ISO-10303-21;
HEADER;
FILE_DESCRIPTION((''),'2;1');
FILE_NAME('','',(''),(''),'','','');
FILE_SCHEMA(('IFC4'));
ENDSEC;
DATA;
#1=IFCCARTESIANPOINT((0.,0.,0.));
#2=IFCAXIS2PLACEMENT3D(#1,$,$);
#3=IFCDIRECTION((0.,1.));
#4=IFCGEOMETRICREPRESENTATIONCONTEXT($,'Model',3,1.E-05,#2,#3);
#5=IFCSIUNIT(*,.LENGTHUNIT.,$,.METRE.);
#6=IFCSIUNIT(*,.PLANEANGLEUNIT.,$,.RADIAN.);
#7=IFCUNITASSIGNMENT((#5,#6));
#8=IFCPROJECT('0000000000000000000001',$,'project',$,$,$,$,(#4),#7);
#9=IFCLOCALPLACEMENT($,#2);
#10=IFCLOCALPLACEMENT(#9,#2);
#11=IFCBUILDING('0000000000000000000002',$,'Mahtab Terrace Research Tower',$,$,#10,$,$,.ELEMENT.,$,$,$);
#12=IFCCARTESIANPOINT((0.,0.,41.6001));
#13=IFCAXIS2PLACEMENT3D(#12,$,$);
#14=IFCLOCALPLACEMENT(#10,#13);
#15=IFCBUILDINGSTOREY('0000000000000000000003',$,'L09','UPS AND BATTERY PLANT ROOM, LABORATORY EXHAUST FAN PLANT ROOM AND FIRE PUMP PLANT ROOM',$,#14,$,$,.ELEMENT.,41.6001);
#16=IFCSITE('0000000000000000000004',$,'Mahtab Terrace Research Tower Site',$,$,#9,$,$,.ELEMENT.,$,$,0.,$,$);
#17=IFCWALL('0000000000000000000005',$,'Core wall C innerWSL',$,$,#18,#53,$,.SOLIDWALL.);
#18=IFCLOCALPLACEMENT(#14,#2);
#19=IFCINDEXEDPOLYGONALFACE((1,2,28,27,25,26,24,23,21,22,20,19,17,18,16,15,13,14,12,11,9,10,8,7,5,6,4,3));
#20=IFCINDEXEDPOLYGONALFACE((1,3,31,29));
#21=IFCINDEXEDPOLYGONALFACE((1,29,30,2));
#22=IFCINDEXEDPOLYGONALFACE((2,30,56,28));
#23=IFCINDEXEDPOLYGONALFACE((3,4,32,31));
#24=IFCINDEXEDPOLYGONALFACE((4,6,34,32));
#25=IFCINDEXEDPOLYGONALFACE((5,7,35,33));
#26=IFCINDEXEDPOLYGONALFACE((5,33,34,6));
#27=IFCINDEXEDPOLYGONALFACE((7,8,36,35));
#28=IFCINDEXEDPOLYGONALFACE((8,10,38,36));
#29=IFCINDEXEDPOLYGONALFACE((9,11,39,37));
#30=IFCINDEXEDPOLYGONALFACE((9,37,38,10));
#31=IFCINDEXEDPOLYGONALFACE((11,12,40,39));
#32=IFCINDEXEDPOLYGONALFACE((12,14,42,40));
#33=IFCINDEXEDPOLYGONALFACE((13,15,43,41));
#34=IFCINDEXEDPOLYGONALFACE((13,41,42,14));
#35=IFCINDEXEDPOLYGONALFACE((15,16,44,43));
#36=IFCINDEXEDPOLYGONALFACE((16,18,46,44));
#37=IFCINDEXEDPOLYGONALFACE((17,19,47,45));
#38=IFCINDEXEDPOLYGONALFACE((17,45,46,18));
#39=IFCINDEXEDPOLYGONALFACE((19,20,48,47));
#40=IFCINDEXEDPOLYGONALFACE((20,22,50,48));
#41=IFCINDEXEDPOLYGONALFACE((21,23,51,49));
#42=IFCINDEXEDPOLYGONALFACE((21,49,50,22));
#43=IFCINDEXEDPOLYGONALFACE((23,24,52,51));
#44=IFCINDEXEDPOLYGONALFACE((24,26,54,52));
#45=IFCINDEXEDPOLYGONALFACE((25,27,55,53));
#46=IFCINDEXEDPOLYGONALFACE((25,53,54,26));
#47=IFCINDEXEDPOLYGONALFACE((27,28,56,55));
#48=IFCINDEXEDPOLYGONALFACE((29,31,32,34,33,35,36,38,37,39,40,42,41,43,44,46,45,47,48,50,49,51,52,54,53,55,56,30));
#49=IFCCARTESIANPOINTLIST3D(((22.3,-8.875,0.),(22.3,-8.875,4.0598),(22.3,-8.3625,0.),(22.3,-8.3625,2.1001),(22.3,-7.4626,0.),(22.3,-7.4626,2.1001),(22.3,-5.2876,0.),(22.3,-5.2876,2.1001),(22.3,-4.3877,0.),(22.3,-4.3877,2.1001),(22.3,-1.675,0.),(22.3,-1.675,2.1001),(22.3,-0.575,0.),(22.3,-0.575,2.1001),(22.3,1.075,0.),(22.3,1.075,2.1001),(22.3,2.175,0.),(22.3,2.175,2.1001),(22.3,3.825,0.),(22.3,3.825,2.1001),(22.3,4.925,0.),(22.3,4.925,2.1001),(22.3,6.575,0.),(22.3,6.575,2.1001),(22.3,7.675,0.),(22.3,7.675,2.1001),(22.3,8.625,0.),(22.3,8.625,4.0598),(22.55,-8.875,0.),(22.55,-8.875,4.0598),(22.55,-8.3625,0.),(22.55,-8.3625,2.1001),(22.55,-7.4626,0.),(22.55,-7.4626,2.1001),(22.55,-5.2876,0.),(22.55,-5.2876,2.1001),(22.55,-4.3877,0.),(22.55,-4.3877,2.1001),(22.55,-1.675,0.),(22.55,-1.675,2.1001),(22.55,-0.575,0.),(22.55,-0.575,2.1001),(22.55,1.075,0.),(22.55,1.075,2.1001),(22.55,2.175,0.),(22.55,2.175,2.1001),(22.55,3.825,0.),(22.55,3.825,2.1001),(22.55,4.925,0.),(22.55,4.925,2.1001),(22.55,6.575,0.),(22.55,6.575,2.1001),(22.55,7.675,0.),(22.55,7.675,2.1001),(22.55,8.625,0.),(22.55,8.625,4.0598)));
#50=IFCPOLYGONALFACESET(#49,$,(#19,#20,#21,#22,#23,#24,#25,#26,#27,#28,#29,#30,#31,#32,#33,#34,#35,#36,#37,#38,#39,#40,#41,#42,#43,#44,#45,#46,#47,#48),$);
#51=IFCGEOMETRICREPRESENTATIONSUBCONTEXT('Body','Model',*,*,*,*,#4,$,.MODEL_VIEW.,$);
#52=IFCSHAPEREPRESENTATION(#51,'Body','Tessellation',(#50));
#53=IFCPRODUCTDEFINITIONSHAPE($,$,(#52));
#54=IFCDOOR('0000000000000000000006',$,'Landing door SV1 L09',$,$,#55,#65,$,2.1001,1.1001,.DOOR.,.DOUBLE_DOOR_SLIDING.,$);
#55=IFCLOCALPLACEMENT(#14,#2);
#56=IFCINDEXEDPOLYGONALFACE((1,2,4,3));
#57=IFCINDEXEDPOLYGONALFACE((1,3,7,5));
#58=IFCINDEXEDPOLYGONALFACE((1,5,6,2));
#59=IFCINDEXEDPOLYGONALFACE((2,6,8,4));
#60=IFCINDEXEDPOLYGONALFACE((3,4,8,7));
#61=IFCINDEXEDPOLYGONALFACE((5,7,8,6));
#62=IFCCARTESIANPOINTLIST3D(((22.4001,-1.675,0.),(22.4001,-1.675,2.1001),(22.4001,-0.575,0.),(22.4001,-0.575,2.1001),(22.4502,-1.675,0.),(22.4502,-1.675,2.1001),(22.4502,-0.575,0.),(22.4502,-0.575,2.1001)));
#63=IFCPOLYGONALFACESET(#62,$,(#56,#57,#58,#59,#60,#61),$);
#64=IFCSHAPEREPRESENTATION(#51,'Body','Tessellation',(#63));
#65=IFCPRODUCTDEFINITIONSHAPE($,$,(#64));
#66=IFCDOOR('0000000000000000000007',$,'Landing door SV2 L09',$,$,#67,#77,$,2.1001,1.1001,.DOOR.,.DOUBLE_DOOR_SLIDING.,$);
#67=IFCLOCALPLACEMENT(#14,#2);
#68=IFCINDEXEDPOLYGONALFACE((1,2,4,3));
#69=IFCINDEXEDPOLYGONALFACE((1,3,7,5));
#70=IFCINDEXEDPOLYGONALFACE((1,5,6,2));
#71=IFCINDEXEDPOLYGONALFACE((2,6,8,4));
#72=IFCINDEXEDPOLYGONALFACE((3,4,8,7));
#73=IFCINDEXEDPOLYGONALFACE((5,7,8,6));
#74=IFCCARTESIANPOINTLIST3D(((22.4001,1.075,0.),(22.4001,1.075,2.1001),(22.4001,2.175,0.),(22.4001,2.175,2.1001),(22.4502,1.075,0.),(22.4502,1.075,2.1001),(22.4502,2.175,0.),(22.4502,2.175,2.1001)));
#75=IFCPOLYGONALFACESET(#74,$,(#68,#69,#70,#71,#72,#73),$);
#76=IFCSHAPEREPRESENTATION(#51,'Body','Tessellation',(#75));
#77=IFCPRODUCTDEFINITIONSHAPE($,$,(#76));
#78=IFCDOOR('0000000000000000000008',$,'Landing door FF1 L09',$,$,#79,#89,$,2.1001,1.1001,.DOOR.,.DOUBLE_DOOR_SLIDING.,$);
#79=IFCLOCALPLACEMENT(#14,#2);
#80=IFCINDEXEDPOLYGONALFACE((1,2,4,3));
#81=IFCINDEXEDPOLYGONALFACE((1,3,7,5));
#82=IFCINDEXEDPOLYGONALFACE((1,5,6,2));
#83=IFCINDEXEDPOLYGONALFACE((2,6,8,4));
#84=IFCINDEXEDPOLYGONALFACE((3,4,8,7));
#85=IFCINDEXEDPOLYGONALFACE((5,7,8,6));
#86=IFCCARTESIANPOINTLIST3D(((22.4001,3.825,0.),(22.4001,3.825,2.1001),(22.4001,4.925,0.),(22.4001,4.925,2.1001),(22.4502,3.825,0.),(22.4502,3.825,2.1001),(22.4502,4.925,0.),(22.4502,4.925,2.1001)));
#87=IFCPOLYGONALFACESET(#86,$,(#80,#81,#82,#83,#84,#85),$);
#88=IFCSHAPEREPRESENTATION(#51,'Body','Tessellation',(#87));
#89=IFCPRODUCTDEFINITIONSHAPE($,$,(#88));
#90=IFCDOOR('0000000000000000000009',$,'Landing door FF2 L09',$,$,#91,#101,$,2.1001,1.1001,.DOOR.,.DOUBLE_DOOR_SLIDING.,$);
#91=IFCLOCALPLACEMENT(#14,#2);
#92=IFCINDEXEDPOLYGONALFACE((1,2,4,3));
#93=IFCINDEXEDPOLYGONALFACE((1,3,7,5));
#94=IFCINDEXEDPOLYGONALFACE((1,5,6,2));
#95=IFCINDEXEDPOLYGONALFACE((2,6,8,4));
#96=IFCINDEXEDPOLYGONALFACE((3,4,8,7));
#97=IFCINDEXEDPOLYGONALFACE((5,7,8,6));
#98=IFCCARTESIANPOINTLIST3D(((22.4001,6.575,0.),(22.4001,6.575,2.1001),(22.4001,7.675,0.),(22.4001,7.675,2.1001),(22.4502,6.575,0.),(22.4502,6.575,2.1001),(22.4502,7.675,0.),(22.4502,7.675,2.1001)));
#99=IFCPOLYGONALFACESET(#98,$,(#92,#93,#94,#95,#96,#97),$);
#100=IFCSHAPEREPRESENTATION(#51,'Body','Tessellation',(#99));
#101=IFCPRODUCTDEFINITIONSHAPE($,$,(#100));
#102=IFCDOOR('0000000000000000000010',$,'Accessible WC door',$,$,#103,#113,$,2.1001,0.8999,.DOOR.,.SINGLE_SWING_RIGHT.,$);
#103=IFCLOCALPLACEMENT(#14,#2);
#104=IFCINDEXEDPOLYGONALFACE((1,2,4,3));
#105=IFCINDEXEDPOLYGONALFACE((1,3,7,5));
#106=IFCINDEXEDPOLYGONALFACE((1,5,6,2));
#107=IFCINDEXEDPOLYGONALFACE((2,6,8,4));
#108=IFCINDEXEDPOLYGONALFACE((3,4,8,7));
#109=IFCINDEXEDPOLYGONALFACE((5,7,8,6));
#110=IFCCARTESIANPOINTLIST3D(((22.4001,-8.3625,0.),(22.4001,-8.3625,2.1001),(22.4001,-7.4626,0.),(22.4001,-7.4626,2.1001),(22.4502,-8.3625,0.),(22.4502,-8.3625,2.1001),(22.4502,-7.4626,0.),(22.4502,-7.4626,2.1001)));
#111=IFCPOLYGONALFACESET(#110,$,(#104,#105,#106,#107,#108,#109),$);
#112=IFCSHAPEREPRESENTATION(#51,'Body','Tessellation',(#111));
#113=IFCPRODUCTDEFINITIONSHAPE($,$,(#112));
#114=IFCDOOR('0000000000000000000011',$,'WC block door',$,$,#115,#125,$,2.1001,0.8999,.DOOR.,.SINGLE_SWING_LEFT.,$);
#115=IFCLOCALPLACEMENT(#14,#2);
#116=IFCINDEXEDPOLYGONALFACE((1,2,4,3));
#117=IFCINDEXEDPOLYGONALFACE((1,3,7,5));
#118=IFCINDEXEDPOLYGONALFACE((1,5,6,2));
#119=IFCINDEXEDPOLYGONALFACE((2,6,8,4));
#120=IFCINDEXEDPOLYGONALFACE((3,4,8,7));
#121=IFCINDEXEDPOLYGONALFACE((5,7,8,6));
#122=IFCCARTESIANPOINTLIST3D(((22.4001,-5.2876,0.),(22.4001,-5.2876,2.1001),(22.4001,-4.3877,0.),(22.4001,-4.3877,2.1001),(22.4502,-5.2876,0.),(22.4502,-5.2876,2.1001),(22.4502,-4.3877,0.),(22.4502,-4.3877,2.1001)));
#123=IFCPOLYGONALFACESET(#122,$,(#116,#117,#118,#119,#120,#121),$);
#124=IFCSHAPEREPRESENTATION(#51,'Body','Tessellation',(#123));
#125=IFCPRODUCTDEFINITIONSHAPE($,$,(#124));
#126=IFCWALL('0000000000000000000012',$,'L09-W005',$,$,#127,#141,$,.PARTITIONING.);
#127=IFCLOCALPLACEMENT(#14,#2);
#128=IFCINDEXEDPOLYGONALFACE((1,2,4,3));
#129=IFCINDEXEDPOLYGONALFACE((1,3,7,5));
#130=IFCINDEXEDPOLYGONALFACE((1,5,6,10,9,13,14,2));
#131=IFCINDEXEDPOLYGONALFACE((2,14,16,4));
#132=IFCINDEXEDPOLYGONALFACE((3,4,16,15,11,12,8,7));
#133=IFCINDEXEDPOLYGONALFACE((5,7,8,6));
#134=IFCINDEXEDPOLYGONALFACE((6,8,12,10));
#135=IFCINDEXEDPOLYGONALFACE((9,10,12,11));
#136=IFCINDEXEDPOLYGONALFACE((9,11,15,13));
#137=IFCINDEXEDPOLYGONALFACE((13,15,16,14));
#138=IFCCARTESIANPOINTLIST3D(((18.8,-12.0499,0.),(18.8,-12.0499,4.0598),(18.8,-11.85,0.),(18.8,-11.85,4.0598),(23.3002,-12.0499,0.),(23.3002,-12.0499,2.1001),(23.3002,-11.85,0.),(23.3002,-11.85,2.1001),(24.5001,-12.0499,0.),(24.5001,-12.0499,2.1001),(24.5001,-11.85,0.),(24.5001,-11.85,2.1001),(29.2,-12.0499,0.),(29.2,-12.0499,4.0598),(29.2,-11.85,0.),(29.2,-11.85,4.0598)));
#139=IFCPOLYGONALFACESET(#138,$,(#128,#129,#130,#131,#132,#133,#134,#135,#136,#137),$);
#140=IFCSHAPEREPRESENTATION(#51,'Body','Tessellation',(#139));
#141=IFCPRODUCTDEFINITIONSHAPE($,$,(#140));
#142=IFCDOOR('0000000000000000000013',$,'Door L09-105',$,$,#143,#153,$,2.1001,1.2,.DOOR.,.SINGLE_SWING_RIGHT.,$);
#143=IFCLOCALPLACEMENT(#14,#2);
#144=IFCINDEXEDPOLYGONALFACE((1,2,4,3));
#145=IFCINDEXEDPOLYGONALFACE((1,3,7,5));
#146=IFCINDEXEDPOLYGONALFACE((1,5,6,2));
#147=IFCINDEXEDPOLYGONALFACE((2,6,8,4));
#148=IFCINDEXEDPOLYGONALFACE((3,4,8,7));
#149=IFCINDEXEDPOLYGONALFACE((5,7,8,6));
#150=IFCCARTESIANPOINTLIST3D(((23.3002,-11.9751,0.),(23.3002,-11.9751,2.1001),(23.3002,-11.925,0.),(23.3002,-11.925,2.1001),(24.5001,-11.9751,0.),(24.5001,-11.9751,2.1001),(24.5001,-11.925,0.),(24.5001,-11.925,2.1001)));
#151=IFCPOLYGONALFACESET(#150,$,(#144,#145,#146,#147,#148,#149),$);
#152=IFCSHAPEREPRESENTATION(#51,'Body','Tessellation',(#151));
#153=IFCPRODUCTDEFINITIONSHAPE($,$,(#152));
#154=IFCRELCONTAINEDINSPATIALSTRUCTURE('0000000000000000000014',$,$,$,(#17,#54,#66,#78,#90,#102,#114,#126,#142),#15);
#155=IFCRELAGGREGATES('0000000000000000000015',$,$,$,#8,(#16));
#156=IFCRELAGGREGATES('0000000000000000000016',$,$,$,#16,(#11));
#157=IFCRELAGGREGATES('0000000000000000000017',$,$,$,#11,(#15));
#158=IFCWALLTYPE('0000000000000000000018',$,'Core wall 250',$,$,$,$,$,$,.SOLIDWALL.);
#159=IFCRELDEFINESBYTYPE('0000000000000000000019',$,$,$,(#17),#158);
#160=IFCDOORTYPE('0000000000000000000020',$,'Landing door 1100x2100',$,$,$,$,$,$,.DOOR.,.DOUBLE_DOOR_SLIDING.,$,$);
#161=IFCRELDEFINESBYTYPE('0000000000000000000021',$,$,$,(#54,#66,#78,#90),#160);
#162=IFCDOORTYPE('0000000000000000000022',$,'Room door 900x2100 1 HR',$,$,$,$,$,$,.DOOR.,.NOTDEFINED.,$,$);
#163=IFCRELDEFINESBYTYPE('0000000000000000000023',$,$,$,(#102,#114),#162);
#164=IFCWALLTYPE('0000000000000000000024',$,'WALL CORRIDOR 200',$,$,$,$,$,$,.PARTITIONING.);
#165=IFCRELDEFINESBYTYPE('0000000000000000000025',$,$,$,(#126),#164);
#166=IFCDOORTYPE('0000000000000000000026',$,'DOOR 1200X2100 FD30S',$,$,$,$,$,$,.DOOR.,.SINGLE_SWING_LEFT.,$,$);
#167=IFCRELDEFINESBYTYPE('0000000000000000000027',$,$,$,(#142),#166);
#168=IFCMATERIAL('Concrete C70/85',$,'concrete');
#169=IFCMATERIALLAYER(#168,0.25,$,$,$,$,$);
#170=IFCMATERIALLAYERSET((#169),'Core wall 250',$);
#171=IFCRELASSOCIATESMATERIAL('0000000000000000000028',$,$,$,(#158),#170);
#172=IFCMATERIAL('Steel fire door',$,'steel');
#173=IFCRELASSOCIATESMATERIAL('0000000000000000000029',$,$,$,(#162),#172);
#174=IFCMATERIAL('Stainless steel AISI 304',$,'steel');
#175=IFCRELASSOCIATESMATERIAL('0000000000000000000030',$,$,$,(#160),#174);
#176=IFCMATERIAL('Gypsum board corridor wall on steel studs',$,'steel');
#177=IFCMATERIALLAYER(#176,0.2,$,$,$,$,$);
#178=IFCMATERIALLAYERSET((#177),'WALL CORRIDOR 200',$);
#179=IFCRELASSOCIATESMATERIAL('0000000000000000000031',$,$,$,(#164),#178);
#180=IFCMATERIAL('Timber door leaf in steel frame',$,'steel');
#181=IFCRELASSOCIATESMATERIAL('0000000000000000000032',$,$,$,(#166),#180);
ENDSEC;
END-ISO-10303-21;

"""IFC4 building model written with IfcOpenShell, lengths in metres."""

from ifc_helpers import new_model, si_unit, direction, frame, frame_2d, origin, place, context, subcontext, project, spatial, rectangle, extrude, material, layer, layer_set, type_object, element, fill, save


model = new_model("IFC4")

# Units and contexts
model_context = context("Model", 3, precision=1e-05, world=origin(), true_north=direction((0.0, 1.0)))
body_context = subcontext(model_context, "Body", "Model", "MODEL_VIEW")
ifc_project = project(units=[si_unit("LENGTHUNIT", "METRE"), si_unit("PLANEANGLEUNIT", "RADIAN")], contexts=[model_context])

# Site, building, storey
site_placement = place(None, origin())
site = spatial("IfcSite", under=ifc_project, at=site_placement, Name="Mahtab Terrace Research Tower Site", CompositionType="ELEMENT", RefElevation=0.0)
building_placement = place(site_placement, origin())
building = spatial("IfcBuilding", under=site, at=building_placement, Name="Mahtab Terrace Research Tower", CompositionType="ELEMENT")
storey_placement = place(building_placement, frame((0.0, 0.0, 41.6001)))
storey = spatial("IfcBuildingStorey", under=building, at=storey_placement, Name="L09", Description="UPS AND BATTERY PLANT ROOM, LABORATORY EXHAUST FAN PLANT ROOM AND FIRE PUMP PLANT ROOM", CompositionType="ELEMENT", Elevation=41.6001)

# Shared definitions
ifc_material_1 = material(Name="Concrete C70/85", Category="concrete")

# Shared definitions
ifc_layer_1 = layer(ifc_material_1, 0.25)
ifc_layer_set_1 = layer_set([ifc_layer_1], Name="Core wall 250")
wall_type_1 = type_object("IfcWallType", Name="Core wall 250", PredefinedType="SOLIDWALL", material=ifc_layer_set_1)
ifc_material_2 = material(Name="Steel fire door", Category="steel")
door_type_1 = type_object("IfcDoorType", Name="Room door 900x2100 1 HR", OperationType="NOTDEFINED", PredefinedType="DOOR", material=ifc_material_2)

# Wall, openings, doors
wall_1_placement = place(storey_placement, frame((22.425, -8.875, 0.0), z_axis=(0.0, 0.0, 1.0), x_axis=(0.0, 1.0, 0.0)))
wall_1 = element("IfcWall", 1, at=wall_1_placement, inside=storey, type_object=wall_type_1, Name="Core wall C innerWSL", PredefinedType="SOLIDWALL", context=body_context, shape_type="SweptSolid", body=[
    extrude(rectangle(XDim=17.5, YDim=0.25, at=frame_2d((8.75, 0.0))), origin(), (0.0, 0.0, 1.0), 4.0598),
])
opening_1_placement = place(wall_1_placement, frame((7.2, 0.0, 0.0)))
opening_1 = element("IfcOpeningElement", 2, at=opening_1_placement, cuts=wall_1, PredefinedType="OPENING", context=body_context, shape_type="SweptSolid", body=[
    extrude(rectangle(XDim=1.1001, YDim=2.1001, at=frame_2d((0.55, 1.05))), frame((0.0, 0.135, 0.0), z_axis=(0.0, -1.0, 0.0), x_axis=(1.0, 0.0, 0.0)), (0.0, 0.0, 1.0), 0.27),
])
opening_2_placement = place(wall_1_placement, frame((9.95, 0.0, 0.0)))
opening_2 = element("IfcOpeningElement", 3, at=opening_2_placement, cuts=wall_1, PredefinedType="OPENING", context=body_context, shape_type="SweptSolid", body=[
    extrude(rectangle(XDim=1.1001, YDim=2.1001, at=frame_2d((0.55, 1.05))), frame((0.0, 0.135, 0.0), z_axis=(0.0, -1.0, 0.0), x_axis=(1.0, 0.0, 0.0)), (0.0, 0.0, 1.0), 0.27),
])
opening_3_placement = place(wall_1_placement, frame((12.7, 0.0, 0.0)))
opening_3 = element("IfcOpeningElement", 4, at=opening_3_placement, cuts=wall_1, PredefinedType="OPENING", context=body_context, shape_type="SweptSolid", body=[
    extrude(rectangle(XDim=1.1001, YDim=2.1001, at=frame_2d((0.55, 1.05))), frame((0.0, 0.135, 0.0), z_axis=(0.0, -1.0, 0.0), x_axis=(1.0, 0.0, 0.0)), (0.0, 0.0, 1.0), 0.27),
])
opening_4_placement = place(wall_1_placement, frame((15.45, 0.0, 0.0)))
opening_4 = element("IfcOpeningElement", 5, at=opening_4_placement, cuts=wall_1, PredefinedType="OPENING", context=body_context, shape_type="SweptSolid", body=[
    extrude(rectangle(XDim=1.1001, YDim=2.1001, at=frame_2d((0.55, 1.05))), frame((0.0, 0.135, 0.0), z_axis=(0.0, -1.0, 0.0), x_axis=(1.0, 0.0, 0.0)), (0.0, 0.0, 1.0), 0.27),
])
opening_5_placement = place(wall_1_placement, frame((0.5125, 0.0, 0.0)))
opening_5 = element("IfcOpeningElement", 6, at=opening_5_placement, cuts=wall_1, PredefinedType="OPENING", context=body_context, shape_type="SweptSolid", body=[
    extrude(rectangle(XDim=0.8999, YDim=2.1001, at=frame_2d((0.45, 1.05))), frame((0.0, 0.135, 0.0), z_axis=(0.0, -1.0, 0.0), x_axis=(1.0, 0.0, 0.0)), (0.0, 0.0, 1.0), 0.27),
])
opening_6_placement = place(wall_1_placement, frame((3.5874, 0.0, 0.0)))
opening_6 = element("IfcOpeningElement", 7, at=opening_6_placement, cuts=wall_1, PredefinedType="OPENING", context=body_context, shape_type="SweptSolid", body=[
    extrude(rectangle(XDim=0.8999, YDim=2.1001, at=frame_2d((0.45, 1.05))), frame((0.0, 0.135, 0.0), z_axis=(0.0, -1.0, 0.0), x_axis=(1.0, 0.0, 0.0)), (0.0, 0.0, 1.0), 0.27),
])
ifc_material_3 = material(Name="Stainless steel AISI 304", Category="steel")
door_type_2 = type_object("IfcDoorType", Name="Landing door 1100x2100", OperationType="DOUBLE_DOOR_SLIDING", PredefinedType="DOOR", material=ifc_material_3)
door_1_placement = place(opening_1_placement, origin())
door_1 = element("IfcDoor", 8, at=door_1_placement, inside=storey, type_object=door_type_2, Name="Landing door SV1 L09", OperationType="DOUBLE_DOOR_SLIDING", OverallHeight=2.1001, OverallWidth=1.1001, PredefinedType="DOOR", context=body_context, shape_type="SweptSolid", body=[
    extrude(rectangle(XDim=1.1001, YDim=2.1001, at=frame_2d((0.55, 1.05))), frame((0.0, 0.0249, 0.0), z_axis=(0.0, -1.0, 0.0), x_axis=(1.0, 0.0, 0.0)), (0.0, 0.0, 1.0), 0.05),
])
fill(opening_1, door_1)
door_2_placement = place(opening_2_placement, origin())
door_2 = element("IfcDoor", 9, at=door_2_placement, inside=storey, type_object=door_type_2, Name="Landing door SV2 L09", OperationType="DOUBLE_DOOR_SLIDING", OverallHeight=2.1001, OverallWidth=1.1001, PredefinedType="DOOR", context=body_context, shape_type="SweptSolid", body=[
    extrude(rectangle(XDim=1.1001, YDim=2.1001, at=frame_2d((0.55, 1.05))), frame((0.0, 0.0249, 0.0), z_axis=(0.0, -1.0, 0.0), x_axis=(1.0, 0.0, 0.0)), (0.0, 0.0, 1.0), 0.05),
])
fill(opening_2, door_2)
door_3_placement = place(opening_3_placement, origin())
door_3 = element("IfcDoor", 10, at=door_3_placement, inside=storey, type_object=door_type_2, Name="Landing door FF1 L09", OperationType="DOUBLE_DOOR_SLIDING", OverallHeight=2.1001, OverallWidth=1.1001, PredefinedType="DOOR", context=body_context, shape_type="SweptSolid", body=[
    extrude(rectangle(XDim=1.1001, YDim=2.1001, at=frame_2d((0.55, 1.05))), frame((0.0, 0.0249, 0.0), z_axis=(0.0, -1.0, 0.0), x_axis=(1.0, 0.0, 0.0)), (0.0, 0.0, 1.0), 0.05),
])
fill(opening_3, door_3)
door_4_placement = place(opening_4_placement, origin())
door_4 = element("IfcDoor", 11, at=door_4_placement, inside=storey, type_object=door_type_2, Name="Landing door FF2 L09", OperationType="DOUBLE_DOOR_SLIDING", OverallHeight=2.1001, OverallWidth=1.1001, PredefinedType="DOOR", context=body_context, shape_type="SweptSolid", body=[
    extrude(rectangle(XDim=1.1001, YDim=2.1001, at=frame_2d((0.55, 1.05))), frame((0.0, 0.0249, 0.0), z_axis=(0.0, -1.0, 0.0), x_axis=(1.0, 0.0, 0.0)), (0.0, 0.0, 1.0), 0.05),
])
fill(opening_4, door_4)
door_5_placement = place(opening_5_placement, origin())
door_5 = element("IfcDoor", 12, at=door_5_placement, inside=storey, type_object=door_type_1, Name="Accessible WC door", OperationType="SINGLE_SWING_RIGHT", OverallHeight=2.1001, OverallWidth=0.8999, PredefinedType="DOOR", context=body_context, shape_type="SweptSolid", body=[
    extrude(rectangle(XDim=0.8999, YDim=2.1001, at=frame_2d((0.45, 1.05))), frame((0.0, 0.0249, 0.0), z_axis=(0.0, -1.0, 0.0), x_axis=(1.0, 0.0, 0.0)), (0.0, 0.0, 1.0), 0.05),
])
fill(opening_5, door_5)
door_6_placement = place(opening_6_placement, origin())
door_6 = element("IfcDoor", 13, at=door_6_placement, inside=storey, type_object=door_type_1, Name="WC block door", OperationType="SINGLE_SWING_LEFT", OverallHeight=2.1001, OverallWidth=0.8999, PredefinedType="DOOR", context=body_context, shape_type="SweptSolid", body=[
    extrude(rectangle(XDim=0.8999, YDim=2.1001, at=frame_2d((0.45, 1.05))), frame((0.0, 0.0249, 0.0), z_axis=(0.0, -1.0, 0.0), x_axis=(1.0, 0.0, 0.0)), (0.0, 0.0, 1.0), 0.05),
])
fill(opening_6, door_6)

# Wall, opening, door
ifc_material_4 = material(Name="Gypsum board corridor wall on steel studs", Category="steel")
ifc_layer_2 = layer(ifc_material_4, 0.2)
ifc_layer_set_2 = layer_set([ifc_layer_2], Name="WALL CORRIDOR 200")
wall_type_2 = type_object("IfcWallType", Name="WALL CORRIDOR 200", PredefinedType="PARTITIONING", material=ifc_layer_set_2)
wall_2_placement = place(storey_placement, frame((18.8, -11.95, 0.0), z_axis=(0.0, 0.0, 1.0), x_axis=(1.0, 0.0, 0.0)))
wall_2 = element("IfcWall", 14, at=wall_2_placement, inside=storey, type_object=wall_type_2, Name="L09-W005", PredefinedType="PARTITIONING", context=body_context, shape_type="SweptSolid", body=[
    extrude(rectangle(XDim=10.3999, YDim=0.2, at=frame_2d((5.2, 0.0))), origin(), (0.0, 0.0, 1.0), 4.0598),
])
opening_7_placement = place(wall_2_placement, frame((4.5, 0.0, 0.0)))
opening_7 = element("IfcOpeningElement", 15, at=opening_7_placement, cuts=wall_2, PredefinedType="OPENING", context=body_context, shape_type="SweptSolid", body=[
    extrude(rectangle(XDim=1.2, YDim=2.1001, at=frame_2d((0.6001, 1.05))), frame((0.0, 0.1099, 0.0), z_axis=(0.0, -1.0, 0.0), x_axis=(1.0, 0.0, 0.0)), (0.0, 0.0, 1.0), 0.22),
])
ifc_material_5 = material(Name="Timber door leaf in steel frame", Category="steel")
door_type_3 = type_object("IfcDoorType", Name="DOOR 1200X2100 FD30S", OperationType="SINGLE_SWING_LEFT", PredefinedType="DOOR", material=ifc_material_5)
door_7_placement = place(opening_7_placement, origin())
door_7 = element("IfcDoor", 16, at=door_7_placement, inside=storey, type_object=door_type_3, Name="Door L09-105", OperationType="SINGLE_SWING_RIGHT", OverallHeight=2.1001, OverallWidth=1.2, PredefinedType="DOOR", context=body_context, shape_type="SweptSolid", body=[
    extrude(rectangle(XDim=1.2, YDim=2.1001, at=frame_2d((0.6001, 1.05))), frame((0.0, 0.0249, 0.0), z_axis=(0.0, -1.0, 0.0), x_axis=(1.0, 0.0, 0.0)), (0.0, 0.0, 1.0), 0.05),
])
fill(opening_7, door_7)

save(model, "model.ifc")
